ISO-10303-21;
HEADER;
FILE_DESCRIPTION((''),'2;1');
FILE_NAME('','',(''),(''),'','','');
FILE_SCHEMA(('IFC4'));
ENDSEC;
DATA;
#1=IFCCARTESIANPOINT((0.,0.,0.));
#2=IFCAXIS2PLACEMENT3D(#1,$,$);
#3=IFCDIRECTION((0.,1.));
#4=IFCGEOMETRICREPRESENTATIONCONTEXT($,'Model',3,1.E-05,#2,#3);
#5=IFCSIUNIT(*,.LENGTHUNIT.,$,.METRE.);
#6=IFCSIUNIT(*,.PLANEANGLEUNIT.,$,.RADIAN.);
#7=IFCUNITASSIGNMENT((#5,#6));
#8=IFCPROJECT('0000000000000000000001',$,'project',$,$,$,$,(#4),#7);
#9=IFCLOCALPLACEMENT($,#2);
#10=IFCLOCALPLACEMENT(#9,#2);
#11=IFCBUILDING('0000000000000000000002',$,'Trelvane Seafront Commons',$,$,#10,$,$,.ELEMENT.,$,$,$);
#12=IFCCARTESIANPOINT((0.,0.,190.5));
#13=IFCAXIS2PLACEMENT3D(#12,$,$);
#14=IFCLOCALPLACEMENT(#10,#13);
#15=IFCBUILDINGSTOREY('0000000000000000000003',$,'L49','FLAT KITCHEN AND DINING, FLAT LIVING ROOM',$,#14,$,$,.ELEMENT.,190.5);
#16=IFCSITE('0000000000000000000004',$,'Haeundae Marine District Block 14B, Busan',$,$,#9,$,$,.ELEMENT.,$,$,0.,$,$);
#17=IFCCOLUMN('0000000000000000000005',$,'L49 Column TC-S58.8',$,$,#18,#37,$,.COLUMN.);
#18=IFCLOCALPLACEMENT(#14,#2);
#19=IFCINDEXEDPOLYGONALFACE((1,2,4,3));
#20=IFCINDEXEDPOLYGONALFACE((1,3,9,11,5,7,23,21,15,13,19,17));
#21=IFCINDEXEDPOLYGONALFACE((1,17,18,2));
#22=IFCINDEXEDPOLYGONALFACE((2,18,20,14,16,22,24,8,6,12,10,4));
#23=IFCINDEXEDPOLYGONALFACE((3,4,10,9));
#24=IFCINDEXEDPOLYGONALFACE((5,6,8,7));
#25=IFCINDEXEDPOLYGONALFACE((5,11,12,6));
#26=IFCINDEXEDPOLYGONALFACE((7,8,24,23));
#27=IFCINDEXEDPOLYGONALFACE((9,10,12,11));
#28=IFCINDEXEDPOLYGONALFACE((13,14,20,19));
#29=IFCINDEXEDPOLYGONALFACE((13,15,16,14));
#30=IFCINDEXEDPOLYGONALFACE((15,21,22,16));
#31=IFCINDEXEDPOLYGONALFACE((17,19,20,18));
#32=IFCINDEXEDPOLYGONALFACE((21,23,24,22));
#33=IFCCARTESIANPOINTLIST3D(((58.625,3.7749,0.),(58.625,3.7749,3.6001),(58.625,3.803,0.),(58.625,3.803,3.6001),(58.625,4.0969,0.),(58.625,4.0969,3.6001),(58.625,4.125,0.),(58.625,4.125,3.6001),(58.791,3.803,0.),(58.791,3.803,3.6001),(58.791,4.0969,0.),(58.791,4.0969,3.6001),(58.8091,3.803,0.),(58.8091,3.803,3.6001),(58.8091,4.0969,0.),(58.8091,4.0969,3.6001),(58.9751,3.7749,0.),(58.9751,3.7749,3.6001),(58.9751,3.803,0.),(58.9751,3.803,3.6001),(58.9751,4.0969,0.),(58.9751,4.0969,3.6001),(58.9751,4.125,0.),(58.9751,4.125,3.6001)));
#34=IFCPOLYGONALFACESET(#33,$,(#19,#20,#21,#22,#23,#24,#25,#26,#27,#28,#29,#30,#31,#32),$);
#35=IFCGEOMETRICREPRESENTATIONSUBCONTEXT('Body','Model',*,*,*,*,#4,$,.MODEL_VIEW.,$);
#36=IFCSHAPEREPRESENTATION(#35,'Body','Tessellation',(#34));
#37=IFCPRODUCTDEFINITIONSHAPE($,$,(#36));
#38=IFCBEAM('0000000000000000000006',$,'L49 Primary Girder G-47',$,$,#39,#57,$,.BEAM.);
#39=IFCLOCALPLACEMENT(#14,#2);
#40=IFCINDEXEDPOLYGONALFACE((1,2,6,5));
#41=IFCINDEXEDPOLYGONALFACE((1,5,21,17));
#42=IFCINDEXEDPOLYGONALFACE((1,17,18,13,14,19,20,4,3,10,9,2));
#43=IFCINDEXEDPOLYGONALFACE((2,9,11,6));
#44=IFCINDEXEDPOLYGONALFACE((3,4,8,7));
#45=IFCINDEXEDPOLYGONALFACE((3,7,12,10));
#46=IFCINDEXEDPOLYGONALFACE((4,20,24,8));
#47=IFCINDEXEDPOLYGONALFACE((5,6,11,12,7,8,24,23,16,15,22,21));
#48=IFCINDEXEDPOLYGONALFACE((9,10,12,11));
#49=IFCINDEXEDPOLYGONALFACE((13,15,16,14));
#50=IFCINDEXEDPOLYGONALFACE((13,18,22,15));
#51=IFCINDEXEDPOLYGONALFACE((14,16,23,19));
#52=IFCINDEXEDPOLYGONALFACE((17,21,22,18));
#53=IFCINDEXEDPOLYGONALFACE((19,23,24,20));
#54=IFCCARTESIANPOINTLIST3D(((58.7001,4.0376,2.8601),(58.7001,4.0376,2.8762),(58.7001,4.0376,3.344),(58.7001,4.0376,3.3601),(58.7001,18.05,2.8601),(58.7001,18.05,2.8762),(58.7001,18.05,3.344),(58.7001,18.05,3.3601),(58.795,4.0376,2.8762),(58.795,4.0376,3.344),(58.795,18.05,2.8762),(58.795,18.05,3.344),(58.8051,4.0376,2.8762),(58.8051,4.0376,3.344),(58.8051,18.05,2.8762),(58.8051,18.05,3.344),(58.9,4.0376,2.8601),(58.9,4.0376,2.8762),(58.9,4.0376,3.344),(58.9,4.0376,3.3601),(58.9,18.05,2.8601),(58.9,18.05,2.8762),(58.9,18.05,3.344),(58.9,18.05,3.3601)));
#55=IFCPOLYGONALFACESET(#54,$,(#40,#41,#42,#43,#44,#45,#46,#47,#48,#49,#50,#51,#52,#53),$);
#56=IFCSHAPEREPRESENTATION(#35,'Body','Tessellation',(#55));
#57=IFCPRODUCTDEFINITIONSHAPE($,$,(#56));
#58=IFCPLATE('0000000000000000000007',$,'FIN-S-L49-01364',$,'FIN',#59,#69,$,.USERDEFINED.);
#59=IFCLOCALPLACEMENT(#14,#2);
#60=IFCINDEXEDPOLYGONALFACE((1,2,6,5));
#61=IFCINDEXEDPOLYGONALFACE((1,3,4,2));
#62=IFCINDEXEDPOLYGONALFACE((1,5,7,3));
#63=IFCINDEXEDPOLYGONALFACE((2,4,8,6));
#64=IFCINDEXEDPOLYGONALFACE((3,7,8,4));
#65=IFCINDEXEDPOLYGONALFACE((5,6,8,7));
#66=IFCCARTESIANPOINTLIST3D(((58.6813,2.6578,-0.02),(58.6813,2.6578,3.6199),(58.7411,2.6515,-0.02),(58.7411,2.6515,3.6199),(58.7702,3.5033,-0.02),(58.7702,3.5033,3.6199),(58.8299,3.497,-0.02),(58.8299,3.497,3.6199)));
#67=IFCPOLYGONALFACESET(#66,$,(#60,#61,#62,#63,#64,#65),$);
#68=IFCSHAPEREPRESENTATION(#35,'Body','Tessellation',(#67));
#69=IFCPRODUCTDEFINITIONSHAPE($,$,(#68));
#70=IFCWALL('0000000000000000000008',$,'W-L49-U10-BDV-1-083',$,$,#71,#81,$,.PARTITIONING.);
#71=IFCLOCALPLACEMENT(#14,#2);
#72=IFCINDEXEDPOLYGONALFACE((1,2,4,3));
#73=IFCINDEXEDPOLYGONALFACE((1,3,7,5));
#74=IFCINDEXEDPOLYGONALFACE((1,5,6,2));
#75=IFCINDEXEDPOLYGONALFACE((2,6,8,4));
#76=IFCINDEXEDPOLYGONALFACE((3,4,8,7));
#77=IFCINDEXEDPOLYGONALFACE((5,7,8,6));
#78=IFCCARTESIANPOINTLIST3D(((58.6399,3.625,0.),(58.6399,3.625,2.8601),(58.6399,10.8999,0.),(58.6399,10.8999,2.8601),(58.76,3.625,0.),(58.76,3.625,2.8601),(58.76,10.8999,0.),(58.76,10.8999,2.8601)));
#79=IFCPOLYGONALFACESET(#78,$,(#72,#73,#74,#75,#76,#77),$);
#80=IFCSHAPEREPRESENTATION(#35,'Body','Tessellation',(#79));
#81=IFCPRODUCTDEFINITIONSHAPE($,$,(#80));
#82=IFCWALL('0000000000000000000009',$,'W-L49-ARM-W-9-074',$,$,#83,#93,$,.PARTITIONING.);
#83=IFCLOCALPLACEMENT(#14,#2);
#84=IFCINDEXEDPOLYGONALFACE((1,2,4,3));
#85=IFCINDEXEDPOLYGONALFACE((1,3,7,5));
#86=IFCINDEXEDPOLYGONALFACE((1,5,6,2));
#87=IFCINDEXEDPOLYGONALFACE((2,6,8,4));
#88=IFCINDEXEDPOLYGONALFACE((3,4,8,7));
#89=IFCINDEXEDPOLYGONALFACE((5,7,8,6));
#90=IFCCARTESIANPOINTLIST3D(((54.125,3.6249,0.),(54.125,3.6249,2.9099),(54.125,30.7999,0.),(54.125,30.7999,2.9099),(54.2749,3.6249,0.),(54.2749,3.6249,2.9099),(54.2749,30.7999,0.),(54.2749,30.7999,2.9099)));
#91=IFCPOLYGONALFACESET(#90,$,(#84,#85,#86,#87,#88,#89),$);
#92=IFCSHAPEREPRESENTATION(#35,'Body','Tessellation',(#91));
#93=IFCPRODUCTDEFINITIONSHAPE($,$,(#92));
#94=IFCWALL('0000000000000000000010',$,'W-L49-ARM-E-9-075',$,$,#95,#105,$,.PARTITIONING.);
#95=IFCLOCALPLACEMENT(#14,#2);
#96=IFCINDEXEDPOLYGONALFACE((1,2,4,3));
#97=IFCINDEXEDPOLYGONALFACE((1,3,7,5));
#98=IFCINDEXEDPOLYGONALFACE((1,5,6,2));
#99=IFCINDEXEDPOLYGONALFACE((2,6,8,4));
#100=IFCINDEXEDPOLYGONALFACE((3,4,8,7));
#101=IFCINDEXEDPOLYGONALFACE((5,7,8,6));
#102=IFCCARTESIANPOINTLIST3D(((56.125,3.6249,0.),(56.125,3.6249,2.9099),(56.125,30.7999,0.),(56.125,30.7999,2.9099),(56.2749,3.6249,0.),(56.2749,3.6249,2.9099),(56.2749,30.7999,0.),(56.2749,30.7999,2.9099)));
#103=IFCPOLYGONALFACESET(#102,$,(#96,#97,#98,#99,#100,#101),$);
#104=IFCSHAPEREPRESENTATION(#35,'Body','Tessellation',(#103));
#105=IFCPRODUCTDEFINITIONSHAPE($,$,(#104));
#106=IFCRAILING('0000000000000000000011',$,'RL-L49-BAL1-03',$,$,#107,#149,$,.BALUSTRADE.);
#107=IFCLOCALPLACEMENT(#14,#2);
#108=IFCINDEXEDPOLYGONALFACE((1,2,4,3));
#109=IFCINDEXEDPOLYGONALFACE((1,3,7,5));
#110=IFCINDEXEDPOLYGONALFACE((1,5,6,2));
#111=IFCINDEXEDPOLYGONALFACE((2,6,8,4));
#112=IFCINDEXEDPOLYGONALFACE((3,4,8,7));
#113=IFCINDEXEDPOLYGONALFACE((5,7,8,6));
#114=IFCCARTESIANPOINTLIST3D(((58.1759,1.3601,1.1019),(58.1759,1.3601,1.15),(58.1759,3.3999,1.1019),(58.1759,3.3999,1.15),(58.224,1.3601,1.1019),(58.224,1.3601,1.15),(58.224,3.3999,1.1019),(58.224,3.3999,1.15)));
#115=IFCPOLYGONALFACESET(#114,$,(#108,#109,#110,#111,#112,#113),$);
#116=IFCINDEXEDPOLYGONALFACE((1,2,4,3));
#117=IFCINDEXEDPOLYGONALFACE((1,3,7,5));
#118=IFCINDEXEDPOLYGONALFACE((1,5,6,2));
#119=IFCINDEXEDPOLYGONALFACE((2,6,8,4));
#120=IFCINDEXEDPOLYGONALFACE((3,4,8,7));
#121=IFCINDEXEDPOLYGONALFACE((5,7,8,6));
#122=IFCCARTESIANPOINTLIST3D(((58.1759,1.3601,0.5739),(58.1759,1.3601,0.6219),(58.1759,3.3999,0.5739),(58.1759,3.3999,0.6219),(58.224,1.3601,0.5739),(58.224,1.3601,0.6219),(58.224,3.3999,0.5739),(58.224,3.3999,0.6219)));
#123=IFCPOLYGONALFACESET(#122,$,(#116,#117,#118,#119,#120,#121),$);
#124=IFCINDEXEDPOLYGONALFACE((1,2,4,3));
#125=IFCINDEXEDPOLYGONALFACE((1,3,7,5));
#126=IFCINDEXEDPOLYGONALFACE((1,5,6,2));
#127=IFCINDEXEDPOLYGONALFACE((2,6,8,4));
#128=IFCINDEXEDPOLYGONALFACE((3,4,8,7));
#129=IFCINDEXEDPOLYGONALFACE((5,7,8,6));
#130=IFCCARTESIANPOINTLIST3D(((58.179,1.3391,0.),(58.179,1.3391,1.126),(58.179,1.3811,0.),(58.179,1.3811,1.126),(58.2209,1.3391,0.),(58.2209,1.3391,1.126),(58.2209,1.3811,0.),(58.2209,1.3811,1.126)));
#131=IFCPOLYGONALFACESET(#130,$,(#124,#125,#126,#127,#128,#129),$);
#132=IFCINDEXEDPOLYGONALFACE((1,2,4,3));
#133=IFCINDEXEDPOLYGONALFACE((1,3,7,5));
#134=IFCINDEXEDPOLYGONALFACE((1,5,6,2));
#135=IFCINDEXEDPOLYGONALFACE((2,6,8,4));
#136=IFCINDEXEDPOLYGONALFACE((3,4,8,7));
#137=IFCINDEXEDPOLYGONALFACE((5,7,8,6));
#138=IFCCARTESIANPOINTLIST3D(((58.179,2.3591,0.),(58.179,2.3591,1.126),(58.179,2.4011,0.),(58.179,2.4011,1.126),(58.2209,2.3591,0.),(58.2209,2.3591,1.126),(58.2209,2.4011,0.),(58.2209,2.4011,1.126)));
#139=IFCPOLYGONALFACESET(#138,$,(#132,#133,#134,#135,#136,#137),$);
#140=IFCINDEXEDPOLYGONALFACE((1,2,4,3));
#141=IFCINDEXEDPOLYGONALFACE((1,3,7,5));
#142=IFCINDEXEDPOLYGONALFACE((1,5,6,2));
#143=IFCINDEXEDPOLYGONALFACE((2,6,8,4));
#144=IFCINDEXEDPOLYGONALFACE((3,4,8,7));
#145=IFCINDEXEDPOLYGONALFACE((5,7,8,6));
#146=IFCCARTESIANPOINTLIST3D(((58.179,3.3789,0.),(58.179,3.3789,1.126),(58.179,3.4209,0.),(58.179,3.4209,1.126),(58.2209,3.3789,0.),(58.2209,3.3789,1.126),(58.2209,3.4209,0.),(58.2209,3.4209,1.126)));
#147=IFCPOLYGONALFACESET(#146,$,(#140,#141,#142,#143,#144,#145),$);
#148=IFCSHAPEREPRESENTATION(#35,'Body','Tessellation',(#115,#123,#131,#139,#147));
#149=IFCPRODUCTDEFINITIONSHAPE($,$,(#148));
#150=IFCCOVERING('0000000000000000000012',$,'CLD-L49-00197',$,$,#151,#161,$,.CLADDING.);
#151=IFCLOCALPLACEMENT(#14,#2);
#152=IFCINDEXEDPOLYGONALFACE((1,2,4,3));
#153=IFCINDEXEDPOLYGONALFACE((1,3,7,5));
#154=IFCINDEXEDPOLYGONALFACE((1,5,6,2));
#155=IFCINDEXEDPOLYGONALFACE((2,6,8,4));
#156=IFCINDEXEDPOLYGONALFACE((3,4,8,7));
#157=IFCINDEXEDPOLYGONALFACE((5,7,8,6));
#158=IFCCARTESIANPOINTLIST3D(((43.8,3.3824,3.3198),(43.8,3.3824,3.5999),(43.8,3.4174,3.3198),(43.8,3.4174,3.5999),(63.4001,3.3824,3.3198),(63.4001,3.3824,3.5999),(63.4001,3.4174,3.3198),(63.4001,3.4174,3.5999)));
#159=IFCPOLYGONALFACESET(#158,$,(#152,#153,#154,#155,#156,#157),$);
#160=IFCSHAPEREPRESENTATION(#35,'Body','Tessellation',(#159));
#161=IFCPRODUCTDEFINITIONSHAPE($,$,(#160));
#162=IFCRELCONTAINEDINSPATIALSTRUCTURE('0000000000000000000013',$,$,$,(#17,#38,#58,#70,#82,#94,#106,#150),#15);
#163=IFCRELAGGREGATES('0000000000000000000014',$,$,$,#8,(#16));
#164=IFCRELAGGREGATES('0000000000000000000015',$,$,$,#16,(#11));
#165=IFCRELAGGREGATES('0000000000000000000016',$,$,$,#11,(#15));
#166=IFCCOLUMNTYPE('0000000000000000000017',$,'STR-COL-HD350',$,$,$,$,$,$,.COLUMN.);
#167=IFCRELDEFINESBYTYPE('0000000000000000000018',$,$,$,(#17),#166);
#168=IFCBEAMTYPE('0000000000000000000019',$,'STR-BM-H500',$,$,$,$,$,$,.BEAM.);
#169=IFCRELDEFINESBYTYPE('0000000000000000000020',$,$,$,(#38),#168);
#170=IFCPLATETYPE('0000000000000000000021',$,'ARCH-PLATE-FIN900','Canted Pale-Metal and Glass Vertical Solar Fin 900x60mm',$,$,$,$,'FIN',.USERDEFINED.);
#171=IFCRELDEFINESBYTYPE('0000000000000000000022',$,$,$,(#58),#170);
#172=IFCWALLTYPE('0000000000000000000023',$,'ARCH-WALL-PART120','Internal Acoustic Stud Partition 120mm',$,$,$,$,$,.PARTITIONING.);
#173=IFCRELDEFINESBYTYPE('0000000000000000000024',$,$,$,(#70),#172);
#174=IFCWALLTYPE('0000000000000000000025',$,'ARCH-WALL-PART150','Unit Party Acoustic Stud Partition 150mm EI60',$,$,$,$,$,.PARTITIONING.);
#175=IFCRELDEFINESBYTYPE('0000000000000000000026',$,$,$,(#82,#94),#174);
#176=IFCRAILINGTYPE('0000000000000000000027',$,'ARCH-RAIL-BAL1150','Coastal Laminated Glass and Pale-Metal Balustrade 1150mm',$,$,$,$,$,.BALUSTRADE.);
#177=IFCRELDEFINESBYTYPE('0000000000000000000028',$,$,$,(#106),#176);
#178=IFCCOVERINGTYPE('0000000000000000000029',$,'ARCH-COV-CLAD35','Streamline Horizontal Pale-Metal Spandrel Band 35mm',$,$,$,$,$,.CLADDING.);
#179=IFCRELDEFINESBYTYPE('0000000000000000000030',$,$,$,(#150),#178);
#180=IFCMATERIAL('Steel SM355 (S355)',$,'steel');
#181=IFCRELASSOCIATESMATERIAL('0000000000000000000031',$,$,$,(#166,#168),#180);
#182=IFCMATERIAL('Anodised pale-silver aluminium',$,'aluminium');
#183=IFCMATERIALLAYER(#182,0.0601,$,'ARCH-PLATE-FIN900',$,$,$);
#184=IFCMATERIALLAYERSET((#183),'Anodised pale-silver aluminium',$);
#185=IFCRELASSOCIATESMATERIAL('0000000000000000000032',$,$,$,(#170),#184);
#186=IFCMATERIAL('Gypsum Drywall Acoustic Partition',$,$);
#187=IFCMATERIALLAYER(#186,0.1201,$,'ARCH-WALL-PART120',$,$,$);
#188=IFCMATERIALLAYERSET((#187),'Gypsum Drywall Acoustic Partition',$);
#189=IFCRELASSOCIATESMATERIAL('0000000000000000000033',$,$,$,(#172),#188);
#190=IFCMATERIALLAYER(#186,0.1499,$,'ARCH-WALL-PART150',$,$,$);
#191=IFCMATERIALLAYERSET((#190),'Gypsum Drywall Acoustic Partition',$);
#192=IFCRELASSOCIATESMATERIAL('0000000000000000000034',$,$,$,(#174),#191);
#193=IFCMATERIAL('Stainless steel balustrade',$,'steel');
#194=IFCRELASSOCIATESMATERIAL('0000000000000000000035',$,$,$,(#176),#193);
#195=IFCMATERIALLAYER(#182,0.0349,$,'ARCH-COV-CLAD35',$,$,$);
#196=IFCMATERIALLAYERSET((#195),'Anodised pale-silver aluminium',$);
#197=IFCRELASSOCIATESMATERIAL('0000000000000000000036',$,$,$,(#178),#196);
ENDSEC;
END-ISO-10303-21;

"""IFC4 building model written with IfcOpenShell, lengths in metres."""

from ifc_helpers import new_model, si_unit, direction, frame, frame_2d, origin, origin_2d, place, context, subcontext, project, spatial, rectangle, i_section, extrude, source, transform, mapped, material, layer, layer_set, material_profile, profile_set, type_object, element, save


model = new_model("IFC4")

# Units and contexts
model_context = context("Model", 3, precision=1e-05, world=origin(), true_north=direction((0.0, 1.0)))
body_context = subcontext(model_context, "Body", "Model", "MODEL_VIEW")
ifc_project = project(units=[si_unit("LENGTHUNIT", "METRE"), si_unit("PLANEANGLEUNIT", "RADIAN")], contexts=[model_context])

# Site, building, storey
site_placement = place(None, origin())
site = spatial("IfcSite", under=ifc_project, at=site_placement, Name="Haeundae Marine District Block 14B, Busan", CompositionType="ELEMENT", RefElevation=0.0)
building_placement = place(site_placement, origin())
building = spatial("IfcBuilding", under=site, at=building_placement, Name="Trelvane Seafront Commons", CompositionType="ELEMENT")
storey_placement = place(building_placement, frame((0.0, 0.0, 190.5)))
storey = spatial("IfcBuildingStorey", under=building, at=storey_placement, Name="L49", Description="FLAT KITCHEN AND DINING, FLAT LIVING ROOM", CompositionType="ELEMENT", Elevation=190.5)

# Column
ifc_material_1 = material(Name="Steel SM355 (S355)", Category="steel")
ifc_material_profile_1 = material_profile(ifc_material_1, i_section(OverallWidth=0.3501, OverallDepth=0.3501, WebThickness=0.0181, FlangeThickness=0.0281, at=origin_2d()), Name="HD-350x350x18x28")
ifc_profile_set_1 = profile_set([ifc_material_profile_1], Name="Steel SM355 (S355)")
column_type = type_object("IfcColumnType", Name="STR-COL-HD350", PredefinedType="COLUMN", material=ifc_profile_set_1)
shared_shape_1 = source(origin(), body_context, "Body", "SweptSolid", [
    extrude(i_section(OverallWidth=0.3501, OverallDepth=0.3501, WebThickness=0.0181, FlangeThickness=0.0281, at=origin_2d()), origin(), (0.0, 0.0, 1.0), 3.6001),
])
column_placement = place(storey_placement, frame((58.8, 3.95, 0.0), z_axis=(0.0, 0.0, 1.0), x_axis=(1.0, 0.0, 0.0)))
element("IfcColumn", 1, at=column_placement, inside=storey, type_object=column_type, Name="L49 Column TC-S58.8", PredefinedType="COLUMN", context=body_context, shape_type="MappedRepresentation", body=[
    mapped(shared_shape_1, transform((0.0, 0.0, 0.0), x_axis=(1.0, 0.0, 0.0), y_axis=(0.0, 1.0, 0.0), z_axis=(0.0, 0.0, 1.0), scale=1.0)),
])

# Beam
ifc_material_profile_2 = material_profile(ifc_material_1, i_section(OverallWidth=0.2, OverallDepth=0.5, WebThickness=0.01, FlangeThickness=0.0161, at=origin_2d()), Name="H-500x200x10x16")
ifc_profile_set_2 = profile_set([ifc_material_profile_2], Name="Steel SM355 (S355)")
beam_type = type_object("IfcBeamType", Name="STR-BM-H500", PredefinedType="BEAM", material=ifc_profile_set_2)
shared_shape_2 = source(origin(), body_context, "Body", "SweptSolid", [
    extrude(i_section(OverallWidth=0.2, OverallDepth=0.5, WebThickness=0.01, FlangeThickness=0.0161, at=origin_2d()), origin(), (0.0, 0.0, 1.0), 14.0125),
])
beam_placement = place(storey_placement, frame((58.8, 4.0376, 3.1101), z_axis=(0.0, 1.0, 0.0), x_axis=(-1.0, 0.0, 0.0)))
element("IfcBeam", 2, at=beam_placement, inside=storey, type_object=beam_type, Name="L49 Primary Girder G-47", PredefinedType="BEAM", context=body_context, shape_type="MappedRepresentation", body=[
    mapped(shared_shape_2, transform((0.0, 0.0, 0.0), x_axis=(1.0, 0.0, 0.0), y_axis=(0.0, 1.0, 0.0), z_axis=(0.0, 0.0, 1.0), scale=1.0)),
])

# Plate
ifc_material_2 = material(Name="Anodised pale-silver aluminium", Category="aluminium")
ifc_layer_1 = layer(ifc_material_2, 0.0601, Name="ARCH-PLATE-FIN900")
ifc_layer_set_1 = layer_set([ifc_layer_1], Name="Anodised pale-silver aluminium")
plate_type = type_object("IfcPlateType", Name="ARCH-PLATE-FIN900", Description="Canted Pale-Metal and Glass Vertical Solar Fin 900x60mm", ElementType="FIN", PredefinedType="USERDEFINED", material=ifc_layer_set_1)
shared_shape_3 = source(origin(), body_context, "Body", "SweptSolid", [
    extrude(rectangle(XDim=0.8501, YDim=0.0601, at=origin_2d()), origin(), (0.0, 0.0, 1.0), 3.6399),
])
plate_placement = place(storey_placement, frame((58.7556, 3.0774, -0.02), z_axis=(0.0, 0.0, 1.0), x_axis=(-0.104476, -0.994527, 0.0)))
element("IfcPlate", 3, at=plate_placement, inside=storey, type_object=plate_type, Name="FIN-S-L49-01364", ObjectType="FIN", PredefinedType="USERDEFINED", context=body_context, shape_type="MappedRepresentation", body=[
    mapped(shared_shape_3, transform((0.0, 0.0, 0.0), x_axis=(1.0, 0.0, 0.0), y_axis=(0.0, 1.0, 0.0), z_axis=(0.0, 0.0, 1.0), scale=1.0)),
])

# Shared definitions
ifc_material_3 = material(Name="Gypsum Drywall Acoustic Partition")
ifc_layer_2 = layer(ifc_material_3, 0.1201, Name="ARCH-WALL-PART120")
ifc_layer_set_2 = layer_set([ifc_layer_2], Name="Gypsum Drywall Acoustic Partition")
wall_type_1 = type_object("IfcWallType", Name="ARCH-WALL-PART120", Description="Internal Acoustic Stud Partition 120mm", PredefinedType="PARTITIONING", material=ifc_layer_set_2)

# Walls
wall_1_placement = place(storey_placement, frame((58.7, 3.625, 0.0), z_axis=(0.0, 0.0, 1.0), x_axis=(0.0, 1.0, 0.0)))
element("IfcWall", 4, at=wall_1_placement, inside=storey, type_object=wall_type_1, Name="W-L49-U10-BDV-1-083", PredefinedType="PARTITIONING", context=body_context, shape_type="SweptSolid", body=[
    extrude(rectangle(XDim=7.2749, YDim=0.1201, at=frame_2d((3.6375, 0.0))), origin(), (0.0, 0.0, 1.0), 2.8601),
])
ifc_layer_3 = layer(ifc_material_3, 0.1499, Name="ARCH-WALL-PART150")
ifc_layer_set_3 = layer_set([ifc_layer_3], Name="Gypsum Drywall Acoustic Partition")
wall_type_2 = type_object("IfcWallType", Name="ARCH-WALL-PART150", Description="Unit Party Acoustic Stud Partition 150mm EI60", PredefinedType="PARTITIONING", material=ifc_layer_set_3)
for number, where, z_axis, x_axis, name in (
    (5, (54.2, 3.625, 0.0), (0.0, 0.0, 1.0), (0.0, 1.0, 0.0), "W-L49-ARM-W-9-074"),
    (6, (56.2, 3.625, 0.0), (0.0, 0.0, 1.0), (0.0, 1.0, 0.0), "W-L49-ARM-E-9-075"),
):
    element("IfcWall", number, at=place(storey_placement, frame(where, z_axis=z_axis, x_axis=x_axis)), inside=storey, type_object=wall_type_2, Name=name, PredefinedType="PARTITIONING", context=body_context, shape_type="SweptSolid", body=[
        extrude(rectangle(XDim=27.175, YDim=0.1499, at=frame_2d((13.5874, 0.0))), origin(), (0.0, 0.0, 1.0), 2.9099),
    ])

# Railing
ifc_material_4 = material(Name="Stainless steel balustrade", Category="steel")
railing_type = type_object("IfcRailingType", Name="ARCH-RAIL-BAL1150", Description="Coastal Laminated Glass and Pale-Metal Balustrade 1150mm", PredefinedType="BALUSTRADE", material=ifc_material_4)
railing_placement = place(storey_placement, frame((58.2, 1.3601, 0.0)))
element("IfcRailing", 7, at=railing_placement, inside=storey, type_object=railing_type, Name="RL-L49-BAL1-03", PredefinedType="BALUSTRADE", context=body_context, shape_type="SweptSolid", body=[
    extrude(rectangle(XDim=0.0481, YDim=0.0481, at=origin_2d()), frame((0.0, 0.0, 1.126), z_axis=(0.0, 1.0, 0.0), x_axis=(-1.0, 0.0, 0.0)), (0.0, 0.0, 1.0), 2.0398),
    extrude(rectangle(XDim=0.0481, YDim=0.0481, at=origin_2d()), frame((0.0, 0.0, 0.5979), z_axis=(0.0, 1.0, 0.0), x_axis=(-1.0, 0.0, 0.0)), (0.0, 0.0, 1.0), 2.0398),
    extrude(rectangle(XDim=0.042, YDim=0.042, at=origin_2d()), origin(), (0.0, 0.0, 1.0), 1.126),
    extrude(rectangle(XDim=0.042, YDim=0.042, at=origin_2d()), frame((0.0, 1.02, 0.0)), (0.0, 0.0, 1.0), 1.126),
    extrude(rectangle(XDim=0.042, YDim=0.042, at=origin_2d()), frame((0.0, 2.0398, 0.0)), (0.0, 0.0, 1.0), 1.126),
])

# Covering
ifc_layer_4 = layer(ifc_material_2, 0.0349, Name="ARCH-COV-CLAD35")
ifc_layer_set_4 = layer_set([ifc_layer_4], Name="Anodised pale-silver aluminium")
covering_type = type_object("IfcCoveringType", Name="ARCH-COV-CLAD35", Description="Streamline Horizontal Pale-Metal Spandrel Band 35mm", PredefinedType="CLADDING", material=ifc_layer_set_4)
shared_shape_4 = source(origin(), body_context, "Body", "SweptSolid", [
    extrude(rectangle(XDim=19.6001, YDim=0.0349, at=origin_2d()), origin(), (0.0, 0.0, 1.0), 0.28),
])
covering_placement = place(storey_placement, frame((53.6001, 3.3999, 3.3198), z_axis=(0.0, 0.0, 1.0), x_axis=(-1.0, 0.0, 0.0)))
element("IfcCovering", 8, at=covering_placement, inside=storey, type_object=covering_type, Name="CLD-L49-00197", PredefinedType="CLADDING", context=body_context, shape_type="MappedRepresentation", body=[
    mapped(shared_shape_4, transform((0.0, 0.0, 0.0), x_axis=(1.0, 0.0, 0.0), y_axis=(0.0, 1.0, 0.0), z_axis=(0.0, 0.0, 1.0), scale=1.0)),
])

save(model, "model.ifc")
